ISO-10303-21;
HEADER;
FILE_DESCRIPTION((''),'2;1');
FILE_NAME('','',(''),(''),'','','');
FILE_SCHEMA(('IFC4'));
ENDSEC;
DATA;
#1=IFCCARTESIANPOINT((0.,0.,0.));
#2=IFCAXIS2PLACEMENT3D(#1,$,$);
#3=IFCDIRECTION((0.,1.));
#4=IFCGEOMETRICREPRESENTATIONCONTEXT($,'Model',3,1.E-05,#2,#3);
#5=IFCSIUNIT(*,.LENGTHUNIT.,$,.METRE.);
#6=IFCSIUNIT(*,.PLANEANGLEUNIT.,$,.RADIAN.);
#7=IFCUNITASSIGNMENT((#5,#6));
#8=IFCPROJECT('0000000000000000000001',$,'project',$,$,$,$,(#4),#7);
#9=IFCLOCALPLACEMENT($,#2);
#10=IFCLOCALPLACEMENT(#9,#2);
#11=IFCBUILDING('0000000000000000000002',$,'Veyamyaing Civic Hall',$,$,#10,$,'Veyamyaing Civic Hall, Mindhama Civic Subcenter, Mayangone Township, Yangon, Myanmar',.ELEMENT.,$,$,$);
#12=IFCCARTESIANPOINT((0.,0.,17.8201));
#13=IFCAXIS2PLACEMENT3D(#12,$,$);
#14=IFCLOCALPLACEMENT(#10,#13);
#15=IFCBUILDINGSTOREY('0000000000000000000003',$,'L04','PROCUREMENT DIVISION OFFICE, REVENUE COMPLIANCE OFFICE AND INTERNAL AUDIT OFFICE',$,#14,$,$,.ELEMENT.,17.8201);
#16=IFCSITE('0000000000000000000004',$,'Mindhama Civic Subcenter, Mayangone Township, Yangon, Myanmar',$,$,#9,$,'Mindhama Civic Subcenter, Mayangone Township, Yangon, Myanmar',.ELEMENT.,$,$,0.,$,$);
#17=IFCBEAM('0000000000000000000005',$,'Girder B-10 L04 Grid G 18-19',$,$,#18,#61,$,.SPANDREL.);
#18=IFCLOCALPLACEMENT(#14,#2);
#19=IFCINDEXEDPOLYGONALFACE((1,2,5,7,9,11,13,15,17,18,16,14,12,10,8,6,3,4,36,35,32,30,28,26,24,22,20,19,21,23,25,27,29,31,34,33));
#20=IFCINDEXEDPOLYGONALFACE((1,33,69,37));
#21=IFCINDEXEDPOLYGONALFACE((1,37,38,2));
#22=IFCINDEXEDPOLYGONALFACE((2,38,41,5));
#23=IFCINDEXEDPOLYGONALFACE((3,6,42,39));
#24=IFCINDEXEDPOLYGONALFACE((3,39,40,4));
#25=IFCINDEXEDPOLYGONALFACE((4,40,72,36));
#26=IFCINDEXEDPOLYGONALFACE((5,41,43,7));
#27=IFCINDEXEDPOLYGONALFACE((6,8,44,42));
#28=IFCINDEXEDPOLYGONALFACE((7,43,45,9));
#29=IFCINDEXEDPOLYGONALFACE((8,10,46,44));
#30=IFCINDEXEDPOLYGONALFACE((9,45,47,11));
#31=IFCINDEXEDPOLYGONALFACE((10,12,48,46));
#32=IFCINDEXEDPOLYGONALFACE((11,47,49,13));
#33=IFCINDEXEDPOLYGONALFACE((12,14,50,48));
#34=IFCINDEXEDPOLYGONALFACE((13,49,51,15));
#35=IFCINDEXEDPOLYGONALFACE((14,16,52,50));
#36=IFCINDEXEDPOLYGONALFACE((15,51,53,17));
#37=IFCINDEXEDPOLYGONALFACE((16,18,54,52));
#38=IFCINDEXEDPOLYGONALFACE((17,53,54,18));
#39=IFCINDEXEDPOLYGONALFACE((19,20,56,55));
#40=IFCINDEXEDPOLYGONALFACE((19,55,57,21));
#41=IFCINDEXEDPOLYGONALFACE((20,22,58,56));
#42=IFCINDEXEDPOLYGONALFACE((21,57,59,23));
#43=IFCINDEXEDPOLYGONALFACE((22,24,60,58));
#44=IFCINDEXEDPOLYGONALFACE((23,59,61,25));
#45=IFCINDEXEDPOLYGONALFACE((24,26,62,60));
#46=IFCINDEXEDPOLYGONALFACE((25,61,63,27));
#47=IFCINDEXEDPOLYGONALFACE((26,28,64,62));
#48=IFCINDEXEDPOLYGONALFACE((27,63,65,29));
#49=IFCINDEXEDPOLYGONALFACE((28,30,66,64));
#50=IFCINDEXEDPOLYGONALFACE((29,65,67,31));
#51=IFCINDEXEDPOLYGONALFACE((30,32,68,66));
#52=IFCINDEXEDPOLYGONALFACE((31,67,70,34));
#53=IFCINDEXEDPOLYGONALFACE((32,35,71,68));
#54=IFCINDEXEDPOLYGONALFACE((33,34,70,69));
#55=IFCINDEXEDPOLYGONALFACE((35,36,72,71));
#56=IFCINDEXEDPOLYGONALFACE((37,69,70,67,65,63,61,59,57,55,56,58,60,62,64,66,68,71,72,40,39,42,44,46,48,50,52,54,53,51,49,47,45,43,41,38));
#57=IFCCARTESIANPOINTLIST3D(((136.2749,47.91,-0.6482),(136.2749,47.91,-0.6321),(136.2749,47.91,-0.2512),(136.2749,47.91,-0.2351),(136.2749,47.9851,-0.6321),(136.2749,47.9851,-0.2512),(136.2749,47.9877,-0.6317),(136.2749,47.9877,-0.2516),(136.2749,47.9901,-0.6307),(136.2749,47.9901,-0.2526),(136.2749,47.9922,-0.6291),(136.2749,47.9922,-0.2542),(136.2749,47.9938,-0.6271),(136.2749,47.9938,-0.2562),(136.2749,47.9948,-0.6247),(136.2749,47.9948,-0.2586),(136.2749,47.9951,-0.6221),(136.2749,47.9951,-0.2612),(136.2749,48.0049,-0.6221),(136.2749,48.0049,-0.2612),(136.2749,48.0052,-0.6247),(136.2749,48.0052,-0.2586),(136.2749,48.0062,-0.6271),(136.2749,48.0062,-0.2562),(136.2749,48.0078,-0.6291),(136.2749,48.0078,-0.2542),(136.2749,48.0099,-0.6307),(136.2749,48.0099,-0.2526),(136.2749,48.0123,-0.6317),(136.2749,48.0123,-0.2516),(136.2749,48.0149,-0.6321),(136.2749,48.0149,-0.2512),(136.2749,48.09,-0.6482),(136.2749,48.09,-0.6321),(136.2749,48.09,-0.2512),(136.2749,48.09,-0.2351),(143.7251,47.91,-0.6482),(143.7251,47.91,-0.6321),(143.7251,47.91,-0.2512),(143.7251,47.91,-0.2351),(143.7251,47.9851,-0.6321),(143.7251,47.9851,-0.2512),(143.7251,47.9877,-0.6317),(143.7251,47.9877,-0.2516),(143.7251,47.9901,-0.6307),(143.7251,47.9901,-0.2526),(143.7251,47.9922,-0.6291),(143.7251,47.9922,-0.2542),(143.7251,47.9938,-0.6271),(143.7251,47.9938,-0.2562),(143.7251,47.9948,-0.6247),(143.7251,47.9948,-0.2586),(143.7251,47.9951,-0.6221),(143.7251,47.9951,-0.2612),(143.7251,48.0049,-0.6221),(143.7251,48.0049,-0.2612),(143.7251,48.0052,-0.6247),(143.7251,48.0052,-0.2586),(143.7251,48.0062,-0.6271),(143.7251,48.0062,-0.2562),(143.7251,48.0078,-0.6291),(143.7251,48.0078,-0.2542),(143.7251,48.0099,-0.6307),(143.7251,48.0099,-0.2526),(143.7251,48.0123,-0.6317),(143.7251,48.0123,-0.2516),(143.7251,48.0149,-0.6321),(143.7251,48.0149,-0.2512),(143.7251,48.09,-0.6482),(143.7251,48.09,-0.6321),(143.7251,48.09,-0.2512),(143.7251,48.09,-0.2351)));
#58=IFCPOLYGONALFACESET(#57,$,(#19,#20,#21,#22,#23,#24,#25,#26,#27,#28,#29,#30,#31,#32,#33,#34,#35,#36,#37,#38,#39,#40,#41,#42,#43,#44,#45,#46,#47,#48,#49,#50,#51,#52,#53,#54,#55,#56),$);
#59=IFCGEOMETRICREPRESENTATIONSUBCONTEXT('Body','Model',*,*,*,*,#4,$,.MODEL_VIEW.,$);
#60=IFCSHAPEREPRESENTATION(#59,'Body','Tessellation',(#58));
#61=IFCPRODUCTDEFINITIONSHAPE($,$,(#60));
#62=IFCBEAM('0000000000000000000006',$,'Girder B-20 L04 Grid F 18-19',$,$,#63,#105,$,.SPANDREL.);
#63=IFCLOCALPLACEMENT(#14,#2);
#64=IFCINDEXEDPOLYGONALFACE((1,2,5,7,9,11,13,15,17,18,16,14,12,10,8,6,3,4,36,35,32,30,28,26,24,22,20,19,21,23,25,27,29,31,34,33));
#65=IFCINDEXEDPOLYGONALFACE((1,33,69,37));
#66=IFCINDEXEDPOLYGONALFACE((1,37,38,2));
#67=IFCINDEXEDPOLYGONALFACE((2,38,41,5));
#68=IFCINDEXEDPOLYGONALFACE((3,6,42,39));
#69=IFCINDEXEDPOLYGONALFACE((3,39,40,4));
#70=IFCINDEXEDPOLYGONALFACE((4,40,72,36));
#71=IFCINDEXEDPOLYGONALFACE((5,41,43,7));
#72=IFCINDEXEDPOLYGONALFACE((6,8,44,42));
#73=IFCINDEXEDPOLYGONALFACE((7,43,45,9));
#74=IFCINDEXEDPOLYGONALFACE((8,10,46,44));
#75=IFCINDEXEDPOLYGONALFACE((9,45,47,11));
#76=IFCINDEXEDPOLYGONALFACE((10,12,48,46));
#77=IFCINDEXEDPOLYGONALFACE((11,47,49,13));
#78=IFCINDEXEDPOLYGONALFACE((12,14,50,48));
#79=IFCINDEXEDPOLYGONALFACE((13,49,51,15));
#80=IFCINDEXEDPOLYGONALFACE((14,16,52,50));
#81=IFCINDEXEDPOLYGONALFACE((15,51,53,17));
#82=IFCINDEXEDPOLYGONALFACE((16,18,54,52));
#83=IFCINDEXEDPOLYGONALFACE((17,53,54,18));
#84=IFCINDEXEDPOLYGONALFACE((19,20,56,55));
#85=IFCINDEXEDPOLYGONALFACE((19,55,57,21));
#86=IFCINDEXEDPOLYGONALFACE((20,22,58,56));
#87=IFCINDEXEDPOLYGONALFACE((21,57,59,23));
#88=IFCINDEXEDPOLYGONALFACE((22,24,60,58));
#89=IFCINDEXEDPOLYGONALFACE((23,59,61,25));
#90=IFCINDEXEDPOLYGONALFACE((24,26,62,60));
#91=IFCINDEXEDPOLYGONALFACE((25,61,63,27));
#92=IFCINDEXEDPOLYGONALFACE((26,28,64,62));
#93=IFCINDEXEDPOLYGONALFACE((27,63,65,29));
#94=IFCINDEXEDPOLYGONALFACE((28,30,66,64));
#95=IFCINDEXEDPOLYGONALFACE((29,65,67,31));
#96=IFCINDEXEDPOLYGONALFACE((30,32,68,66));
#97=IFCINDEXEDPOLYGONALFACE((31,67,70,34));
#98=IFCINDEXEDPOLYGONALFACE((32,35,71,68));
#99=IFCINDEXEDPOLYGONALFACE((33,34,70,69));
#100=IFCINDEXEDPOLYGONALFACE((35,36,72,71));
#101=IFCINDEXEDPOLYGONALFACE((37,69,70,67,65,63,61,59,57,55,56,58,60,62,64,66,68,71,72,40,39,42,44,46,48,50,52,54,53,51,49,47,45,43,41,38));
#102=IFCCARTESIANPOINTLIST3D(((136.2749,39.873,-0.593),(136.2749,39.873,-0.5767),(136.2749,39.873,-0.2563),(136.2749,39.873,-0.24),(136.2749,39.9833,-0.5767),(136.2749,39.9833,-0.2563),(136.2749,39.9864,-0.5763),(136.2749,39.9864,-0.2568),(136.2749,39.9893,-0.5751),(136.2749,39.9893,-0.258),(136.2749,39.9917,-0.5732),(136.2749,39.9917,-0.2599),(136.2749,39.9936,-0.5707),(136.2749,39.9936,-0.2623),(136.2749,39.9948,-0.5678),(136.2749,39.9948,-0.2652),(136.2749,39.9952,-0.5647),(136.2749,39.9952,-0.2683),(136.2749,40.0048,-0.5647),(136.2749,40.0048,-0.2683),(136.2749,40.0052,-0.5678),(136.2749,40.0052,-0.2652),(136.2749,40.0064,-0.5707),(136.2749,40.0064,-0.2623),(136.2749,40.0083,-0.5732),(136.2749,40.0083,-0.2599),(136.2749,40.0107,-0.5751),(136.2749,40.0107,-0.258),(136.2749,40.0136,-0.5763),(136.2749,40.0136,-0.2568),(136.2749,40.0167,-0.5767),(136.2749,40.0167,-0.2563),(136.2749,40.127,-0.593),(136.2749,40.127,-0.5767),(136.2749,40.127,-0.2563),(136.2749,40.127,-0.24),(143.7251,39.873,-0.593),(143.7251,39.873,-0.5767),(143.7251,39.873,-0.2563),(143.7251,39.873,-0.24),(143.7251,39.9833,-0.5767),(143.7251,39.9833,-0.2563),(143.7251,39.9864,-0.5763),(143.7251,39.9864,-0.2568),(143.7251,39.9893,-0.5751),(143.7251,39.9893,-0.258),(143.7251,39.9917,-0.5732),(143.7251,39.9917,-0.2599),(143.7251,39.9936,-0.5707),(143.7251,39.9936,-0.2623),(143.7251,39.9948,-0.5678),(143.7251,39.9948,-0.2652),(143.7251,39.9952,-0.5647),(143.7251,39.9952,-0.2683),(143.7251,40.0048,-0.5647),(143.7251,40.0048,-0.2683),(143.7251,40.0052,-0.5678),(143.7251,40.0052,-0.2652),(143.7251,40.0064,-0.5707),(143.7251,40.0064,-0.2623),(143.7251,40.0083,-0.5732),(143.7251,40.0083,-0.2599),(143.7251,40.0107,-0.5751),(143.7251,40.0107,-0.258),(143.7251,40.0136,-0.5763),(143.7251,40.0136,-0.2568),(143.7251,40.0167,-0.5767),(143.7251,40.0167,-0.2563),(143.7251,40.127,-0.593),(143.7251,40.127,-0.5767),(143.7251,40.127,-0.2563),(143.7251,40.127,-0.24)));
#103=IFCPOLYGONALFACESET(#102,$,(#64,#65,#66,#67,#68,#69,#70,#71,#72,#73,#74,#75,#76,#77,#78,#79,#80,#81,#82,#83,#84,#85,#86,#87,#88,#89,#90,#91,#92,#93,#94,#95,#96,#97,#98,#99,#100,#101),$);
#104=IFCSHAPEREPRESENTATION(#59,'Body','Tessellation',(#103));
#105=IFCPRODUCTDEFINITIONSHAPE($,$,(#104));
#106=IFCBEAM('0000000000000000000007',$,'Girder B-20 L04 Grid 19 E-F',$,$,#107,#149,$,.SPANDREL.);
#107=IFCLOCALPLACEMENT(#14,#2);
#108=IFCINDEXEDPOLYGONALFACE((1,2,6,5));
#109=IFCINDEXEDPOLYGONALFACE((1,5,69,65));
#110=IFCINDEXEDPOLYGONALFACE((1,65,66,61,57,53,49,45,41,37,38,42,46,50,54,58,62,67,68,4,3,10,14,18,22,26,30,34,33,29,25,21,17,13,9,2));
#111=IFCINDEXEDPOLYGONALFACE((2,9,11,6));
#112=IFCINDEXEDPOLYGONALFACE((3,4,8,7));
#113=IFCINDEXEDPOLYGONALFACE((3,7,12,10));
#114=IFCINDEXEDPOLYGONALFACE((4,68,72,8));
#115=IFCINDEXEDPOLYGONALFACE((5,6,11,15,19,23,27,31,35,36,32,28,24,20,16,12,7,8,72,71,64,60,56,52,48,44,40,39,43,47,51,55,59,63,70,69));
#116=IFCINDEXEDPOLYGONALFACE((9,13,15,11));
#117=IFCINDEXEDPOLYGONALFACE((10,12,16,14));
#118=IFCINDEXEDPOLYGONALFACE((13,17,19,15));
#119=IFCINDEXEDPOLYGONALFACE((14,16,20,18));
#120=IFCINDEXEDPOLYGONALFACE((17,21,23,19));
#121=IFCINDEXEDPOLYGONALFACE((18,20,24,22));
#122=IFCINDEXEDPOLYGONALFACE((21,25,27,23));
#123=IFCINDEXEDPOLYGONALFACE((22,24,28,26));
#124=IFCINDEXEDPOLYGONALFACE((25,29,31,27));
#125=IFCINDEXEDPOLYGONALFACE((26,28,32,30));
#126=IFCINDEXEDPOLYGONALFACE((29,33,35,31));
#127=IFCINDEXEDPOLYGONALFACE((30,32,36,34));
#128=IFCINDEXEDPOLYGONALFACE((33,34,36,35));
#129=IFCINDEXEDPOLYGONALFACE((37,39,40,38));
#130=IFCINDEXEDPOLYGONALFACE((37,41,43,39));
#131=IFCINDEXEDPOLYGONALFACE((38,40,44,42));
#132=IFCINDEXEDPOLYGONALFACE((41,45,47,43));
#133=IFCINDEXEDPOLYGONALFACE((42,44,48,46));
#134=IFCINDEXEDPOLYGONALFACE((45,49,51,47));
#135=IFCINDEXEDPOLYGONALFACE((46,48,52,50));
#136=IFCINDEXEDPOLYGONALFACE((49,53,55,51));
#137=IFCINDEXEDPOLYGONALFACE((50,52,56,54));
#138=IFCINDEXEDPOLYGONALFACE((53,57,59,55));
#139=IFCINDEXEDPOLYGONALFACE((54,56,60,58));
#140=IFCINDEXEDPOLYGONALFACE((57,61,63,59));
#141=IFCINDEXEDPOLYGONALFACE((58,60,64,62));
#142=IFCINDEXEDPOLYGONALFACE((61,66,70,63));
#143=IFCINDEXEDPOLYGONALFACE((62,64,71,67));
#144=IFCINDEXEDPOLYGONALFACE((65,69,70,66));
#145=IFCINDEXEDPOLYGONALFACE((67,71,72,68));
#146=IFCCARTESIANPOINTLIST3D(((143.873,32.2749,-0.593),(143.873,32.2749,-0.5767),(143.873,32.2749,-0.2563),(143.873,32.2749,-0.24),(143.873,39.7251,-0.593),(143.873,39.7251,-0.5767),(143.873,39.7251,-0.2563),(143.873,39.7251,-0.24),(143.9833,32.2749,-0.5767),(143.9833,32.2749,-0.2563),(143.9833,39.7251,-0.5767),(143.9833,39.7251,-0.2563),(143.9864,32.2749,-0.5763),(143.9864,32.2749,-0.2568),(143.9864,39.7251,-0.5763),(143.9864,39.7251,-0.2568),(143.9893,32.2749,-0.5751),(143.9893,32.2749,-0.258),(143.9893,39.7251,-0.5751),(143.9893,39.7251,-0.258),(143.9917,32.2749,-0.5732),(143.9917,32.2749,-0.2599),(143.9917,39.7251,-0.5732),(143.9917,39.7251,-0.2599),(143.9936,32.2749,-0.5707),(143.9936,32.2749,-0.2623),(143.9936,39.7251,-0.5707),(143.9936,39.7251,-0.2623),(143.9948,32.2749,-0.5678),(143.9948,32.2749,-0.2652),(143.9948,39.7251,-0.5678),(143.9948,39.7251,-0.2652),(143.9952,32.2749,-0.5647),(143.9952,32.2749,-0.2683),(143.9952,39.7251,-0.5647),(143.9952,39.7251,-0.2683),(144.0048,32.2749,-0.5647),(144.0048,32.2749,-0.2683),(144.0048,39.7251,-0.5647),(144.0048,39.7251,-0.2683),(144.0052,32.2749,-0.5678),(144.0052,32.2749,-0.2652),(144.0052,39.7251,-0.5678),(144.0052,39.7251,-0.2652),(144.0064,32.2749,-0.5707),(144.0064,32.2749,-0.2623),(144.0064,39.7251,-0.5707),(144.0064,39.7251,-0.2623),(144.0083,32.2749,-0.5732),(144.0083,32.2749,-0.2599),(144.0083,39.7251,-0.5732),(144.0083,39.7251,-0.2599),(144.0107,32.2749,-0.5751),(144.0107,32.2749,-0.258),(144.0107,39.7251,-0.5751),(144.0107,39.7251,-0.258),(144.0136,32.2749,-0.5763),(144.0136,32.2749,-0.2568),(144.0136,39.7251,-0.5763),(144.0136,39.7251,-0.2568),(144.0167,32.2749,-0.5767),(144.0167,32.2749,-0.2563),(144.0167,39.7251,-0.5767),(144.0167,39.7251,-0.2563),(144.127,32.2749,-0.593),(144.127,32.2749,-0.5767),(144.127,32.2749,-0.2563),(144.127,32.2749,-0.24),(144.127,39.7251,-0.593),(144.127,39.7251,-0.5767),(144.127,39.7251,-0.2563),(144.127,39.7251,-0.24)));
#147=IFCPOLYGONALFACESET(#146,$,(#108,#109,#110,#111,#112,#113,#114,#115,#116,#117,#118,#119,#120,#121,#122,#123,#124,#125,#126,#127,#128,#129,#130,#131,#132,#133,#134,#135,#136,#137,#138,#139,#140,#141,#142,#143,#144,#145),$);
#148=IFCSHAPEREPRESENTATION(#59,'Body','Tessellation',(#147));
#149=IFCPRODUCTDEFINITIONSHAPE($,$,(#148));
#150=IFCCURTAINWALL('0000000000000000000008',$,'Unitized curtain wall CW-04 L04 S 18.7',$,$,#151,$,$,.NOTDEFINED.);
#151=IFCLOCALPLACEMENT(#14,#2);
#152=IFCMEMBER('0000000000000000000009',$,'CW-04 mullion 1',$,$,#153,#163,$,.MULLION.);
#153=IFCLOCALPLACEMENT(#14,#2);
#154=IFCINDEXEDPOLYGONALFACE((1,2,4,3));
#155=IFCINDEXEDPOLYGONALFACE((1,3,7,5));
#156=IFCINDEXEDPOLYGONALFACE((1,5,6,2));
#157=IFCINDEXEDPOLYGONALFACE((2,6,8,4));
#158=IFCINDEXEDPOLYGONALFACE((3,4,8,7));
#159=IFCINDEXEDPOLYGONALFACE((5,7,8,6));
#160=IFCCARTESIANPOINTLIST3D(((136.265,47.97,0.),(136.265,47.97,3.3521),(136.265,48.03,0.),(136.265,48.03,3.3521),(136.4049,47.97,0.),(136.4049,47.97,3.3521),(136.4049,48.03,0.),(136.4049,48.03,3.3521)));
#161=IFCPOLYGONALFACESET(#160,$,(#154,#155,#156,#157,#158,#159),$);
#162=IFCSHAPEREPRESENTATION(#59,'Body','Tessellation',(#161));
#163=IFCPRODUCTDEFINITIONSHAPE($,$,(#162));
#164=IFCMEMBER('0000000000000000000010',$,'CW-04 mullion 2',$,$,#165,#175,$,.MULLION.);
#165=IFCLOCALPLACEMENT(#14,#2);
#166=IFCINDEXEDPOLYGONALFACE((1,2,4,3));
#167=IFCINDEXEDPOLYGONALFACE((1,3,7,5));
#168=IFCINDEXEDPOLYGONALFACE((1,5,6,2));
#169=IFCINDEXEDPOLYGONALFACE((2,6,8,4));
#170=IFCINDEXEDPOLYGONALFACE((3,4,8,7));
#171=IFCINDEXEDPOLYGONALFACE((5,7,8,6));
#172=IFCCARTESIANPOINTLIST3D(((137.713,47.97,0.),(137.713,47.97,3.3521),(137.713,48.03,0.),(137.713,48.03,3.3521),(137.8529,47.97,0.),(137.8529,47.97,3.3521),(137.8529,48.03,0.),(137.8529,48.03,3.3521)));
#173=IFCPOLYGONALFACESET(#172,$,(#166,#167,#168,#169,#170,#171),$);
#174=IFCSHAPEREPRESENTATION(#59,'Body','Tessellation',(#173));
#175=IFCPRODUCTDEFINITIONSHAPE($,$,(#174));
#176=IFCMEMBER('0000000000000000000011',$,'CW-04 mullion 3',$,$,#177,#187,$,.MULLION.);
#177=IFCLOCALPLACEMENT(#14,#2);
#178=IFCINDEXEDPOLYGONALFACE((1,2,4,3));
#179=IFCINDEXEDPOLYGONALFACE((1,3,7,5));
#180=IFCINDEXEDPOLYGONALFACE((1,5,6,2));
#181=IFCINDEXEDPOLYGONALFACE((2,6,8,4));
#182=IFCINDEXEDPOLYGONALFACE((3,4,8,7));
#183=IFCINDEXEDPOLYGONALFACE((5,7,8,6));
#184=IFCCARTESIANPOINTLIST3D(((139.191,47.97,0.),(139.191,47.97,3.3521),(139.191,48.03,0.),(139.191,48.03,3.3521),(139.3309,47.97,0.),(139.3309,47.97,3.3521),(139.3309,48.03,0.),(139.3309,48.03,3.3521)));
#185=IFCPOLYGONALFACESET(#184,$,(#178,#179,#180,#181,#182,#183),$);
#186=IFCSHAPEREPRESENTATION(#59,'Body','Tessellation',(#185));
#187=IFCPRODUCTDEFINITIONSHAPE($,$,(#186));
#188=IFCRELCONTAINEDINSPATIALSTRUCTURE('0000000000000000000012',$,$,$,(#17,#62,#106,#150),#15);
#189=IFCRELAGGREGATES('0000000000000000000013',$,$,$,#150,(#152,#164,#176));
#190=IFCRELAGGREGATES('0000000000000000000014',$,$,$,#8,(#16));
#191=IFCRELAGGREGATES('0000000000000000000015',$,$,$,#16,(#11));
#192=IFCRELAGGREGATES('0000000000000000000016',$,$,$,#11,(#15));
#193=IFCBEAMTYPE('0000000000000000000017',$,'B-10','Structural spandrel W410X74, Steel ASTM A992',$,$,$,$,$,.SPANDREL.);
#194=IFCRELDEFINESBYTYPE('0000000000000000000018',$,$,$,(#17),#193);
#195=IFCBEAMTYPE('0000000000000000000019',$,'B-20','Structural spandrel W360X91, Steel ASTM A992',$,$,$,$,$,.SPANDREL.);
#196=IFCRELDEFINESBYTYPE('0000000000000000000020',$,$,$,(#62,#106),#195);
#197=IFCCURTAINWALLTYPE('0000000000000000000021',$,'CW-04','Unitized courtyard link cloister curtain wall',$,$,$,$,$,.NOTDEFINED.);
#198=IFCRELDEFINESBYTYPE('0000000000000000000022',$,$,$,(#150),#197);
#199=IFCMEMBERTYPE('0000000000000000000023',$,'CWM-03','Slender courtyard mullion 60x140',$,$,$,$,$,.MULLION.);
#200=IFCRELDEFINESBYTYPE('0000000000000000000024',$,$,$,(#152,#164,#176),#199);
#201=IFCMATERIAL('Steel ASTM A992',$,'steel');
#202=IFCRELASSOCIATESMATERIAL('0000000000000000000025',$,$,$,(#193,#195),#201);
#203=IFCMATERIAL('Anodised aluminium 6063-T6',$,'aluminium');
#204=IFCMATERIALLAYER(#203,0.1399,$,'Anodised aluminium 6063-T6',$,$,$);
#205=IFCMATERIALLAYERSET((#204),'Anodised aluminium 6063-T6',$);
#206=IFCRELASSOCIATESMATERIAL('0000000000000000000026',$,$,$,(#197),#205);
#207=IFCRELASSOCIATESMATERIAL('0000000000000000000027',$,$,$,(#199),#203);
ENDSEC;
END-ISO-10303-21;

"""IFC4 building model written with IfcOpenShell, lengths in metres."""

from ifc_helpers import new_model, si_unit, direction, frame, origin, origin_2d, place, context, subcontext, project, spatial, rectangle, i_section, extrude, material, layer, layer_set, material_profile, profile_set, type_object, element, aggregate, save


model = new_model("IFC4")

# Units and contexts
model_context = context("Model", 3, precision=1e-05, world=origin(), true_north=direction((0.0, 1.0)))
body_context = subcontext(model_context, "Body", "Model", "MODEL_VIEW")
ifc_project = project(units=[si_unit("LENGTHUNIT", "METRE"), si_unit("PLANEANGLEUNIT", "RADIAN")], contexts=[model_context])

# Site, building, storey
site_placement = place(None, origin())
site = spatial("IfcSite", under=ifc_project, at=site_placement, Name="Mindhama Civic Subcenter, Mayangone Township, Yangon, Myanmar", LongName="Mindhama Civic Subcenter, Mayangone Township, Yangon, Myanmar", CompositionType="ELEMENT", RefElevation=0.0)
building_placement = place(site_placement, origin())
building = spatial("IfcBuilding", under=site, at=building_placement, Name="Veyamyaing Civic Hall", LongName="Veyamyaing Civic Hall, Mindhama Civic Subcenter, Mayangone Township, Yangon, Myanmar", CompositionType="ELEMENT")
storey_placement = place(building_placement, frame((0.0, 0.0, 17.8201)))
storey = spatial("IfcBuildingStorey", under=building, at=storey_placement, Name="L04", Description="PROCUREMENT DIVISION OFFICE, REVENUE COMPLIANCE OFFICE AND INTERNAL AUDIT OFFICE", CompositionType="ELEMENT", Elevation=17.8201)

# Beams
ifc_material_1 = material(Name="Steel ASTM A992", Category="steel")
ifc_material_profile_1 = material_profile(ifc_material_1, i_section(OverallWidth=0.1799, OverallDepth=0.4131, WebThickness=0.0098, FlangeThickness=0.0161, FilletRadius=0.01, at=origin_2d()), Name="W410X74")
ifc_profile_set_1 = profile_set([ifc_material_profile_1], Name="Steel ASTM A992")
beam_type_1 = type_object("IfcBeamType", Name="B-10", Description="Structural spandrel W410X74, Steel ASTM A992", PredefinedType="SPANDREL", material=ifc_profile_set_1)
beam_placement = place(storey_placement, frame((136.2749, 48.0, -0.4417), z_axis=(1.0, 0.0, 0.0), x_axis=(0.0, 1.0, 0.0)))
element("IfcBeam", 1, at=beam_placement, inside=storey, type_object=beam_type_1, Name="Girder B-10 L04 Grid G 18-19", PredefinedType="SPANDREL", context=body_context, shape_type="SweptSolid", body=[
    extrude(i_section(OverallWidth=0.1799, OverallDepth=0.4131, WebThickness=0.0098, FlangeThickness=0.0161, FilletRadius=0.01, at=origin_2d()), origin(), (0.0, 0.0, 1.0), 7.4502),
])
ifc_material_profile_2 = material_profile(ifc_material_1, i_section(OverallWidth=0.2539, OverallDepth=0.353, WebThickness=0.0095, FlangeThickness=0.0164, FilletRadius=0.012, at=origin_2d()), Name="W360X91")
ifc_profile_set_2 = profile_set([ifc_material_profile_2], Name="Steel ASTM A992")
beam_type_2 = type_object("IfcBeamType", Name="B-20", Description="Structural spandrel W360X91, Steel ASTM A992", PredefinedType="SPANDREL", material=ifc_profile_set_2)
for number, where, z_axis, x_axis, name in (
    (2, (136.2749, 40.0, -0.4165), (1.0, 0.0, 0.0), (0.0, 1.0, 0.0), "Girder B-20 L04 Grid F 18-19"),
    (3, (144.0, 32.2749, -0.4165), (0.0, 1.0, 0.0), (-1.0, 0.0, 0.0), "Girder B-20 L04 Grid 19 E-F"),
):
    element("IfcBeam", number, at=place(storey_placement, frame(where, z_axis=z_axis, x_axis=x_axis)), inside=storey, type_object=beam_type_2, Name=name, PredefinedType="SPANDREL", context=body_context, shape_type="SweptSolid", body=[
        extrude(i_section(OverallWidth=0.2539, OverallDepth=0.353, WebThickness=0.0095, FlangeThickness=0.0164, FilletRadius=0.012, at=origin_2d()), origin(), (0.0, 0.0, 1.0), 7.4502),
    ])

# Curtain wall, members
ifc_material_2 = material(Name="Anodised aluminium 6063-T6", Category="aluminium")
ifc_layer_1 = layer(ifc_material_2, 0.1399, Name="Anodised aluminium 6063-T6")
ifc_layer_set_1 = layer_set([ifc_layer_1], Name="Anodised aluminium 6063-T6")
curtain_wall_type = type_object("IfcCurtainWallType", Name="CW-04", Description="Unitized courtyard link cloister curtain wall", PredefinedType="NOTDEFINED", material=ifc_layer_set_1)
curtain_wall_placement = place(storey_placement, origin())
curtain_wall = element("IfcCurtainWall", 4, at=curtain_wall_placement, inside=storey, type_object=curtain_wall_type, Name="Unitized curtain wall CW-04 L04 S 18.7", PredefinedType="NOTDEFINED")
ifc_material_profile_3 = material_profile(ifc_material_2, rectangle(XDim=0.0601, YDim=0.1399, at=origin_2d()), Name="ALU-MUL-60X140")
ifc_profile_set_3 = profile_set([ifc_material_profile_3], Name="Anodised aluminium 6063-T6")
member_type_1 = type_object("IfcMemberType", Name="CWM-03", Description="Slender courtyard mullion 60x140", PredefinedType="MULLION", material=ifc_profile_set_3)
member_1_placement = place(storey_placement, frame((136.335, 48.0, 0.0), z_axis=(0.0, 0.0, 1.0), x_axis=(0.0, 1.0, 0.0)))
member_1 = element("IfcMember", 5, at=member_1_placement, type_object=member_type_1, Name="CW-04 mullion 1", PredefinedType="MULLION", context=body_context, shape_type="SweptSolid", body=[
    extrude(rectangle(XDim=0.0601, YDim=0.1399, at=origin_2d()), origin(), (0.0, 0.0, 1.0), 3.3521),
])
member_2_placement = place(storey_placement, frame((137.783, 48.0, 0.0), z_axis=(0.0, 0.0, 1.0), x_axis=(0.0, 1.0, 0.0)))
member_2 = element("IfcMember", 6, at=member_2_placement, type_object=member_type_1, Name="CW-04 mullion 2", PredefinedType="MULLION", context=body_context, shape_type="SweptSolid", body=[
    extrude(rectangle(XDim=0.0601, YDim=0.1399, at=origin_2d()), origin(), (0.0, 0.0, 1.0), 3.3521),
])
member_3_placement = place(storey_placement, frame((139.261, 48.0, 0.0), z_axis=(0.0, 0.0, 1.0), x_axis=(0.0, 1.0, 0.0)))
member_3 = element("IfcMember", 7, at=member_3_placement, type_object=member_type_1, Name="CW-04 mullion 3", PredefinedType="MULLION", context=body_context, shape_type="SweptSolid", body=[
    extrude(rectangle(XDim=0.0601, YDim=0.1399, at=origin_2d()), origin(), (0.0, 0.0, 1.0), 3.3521),
])
aggregate(curtain_wall, [member_1, member_2, member_3])

save(model, "model.ifc")
